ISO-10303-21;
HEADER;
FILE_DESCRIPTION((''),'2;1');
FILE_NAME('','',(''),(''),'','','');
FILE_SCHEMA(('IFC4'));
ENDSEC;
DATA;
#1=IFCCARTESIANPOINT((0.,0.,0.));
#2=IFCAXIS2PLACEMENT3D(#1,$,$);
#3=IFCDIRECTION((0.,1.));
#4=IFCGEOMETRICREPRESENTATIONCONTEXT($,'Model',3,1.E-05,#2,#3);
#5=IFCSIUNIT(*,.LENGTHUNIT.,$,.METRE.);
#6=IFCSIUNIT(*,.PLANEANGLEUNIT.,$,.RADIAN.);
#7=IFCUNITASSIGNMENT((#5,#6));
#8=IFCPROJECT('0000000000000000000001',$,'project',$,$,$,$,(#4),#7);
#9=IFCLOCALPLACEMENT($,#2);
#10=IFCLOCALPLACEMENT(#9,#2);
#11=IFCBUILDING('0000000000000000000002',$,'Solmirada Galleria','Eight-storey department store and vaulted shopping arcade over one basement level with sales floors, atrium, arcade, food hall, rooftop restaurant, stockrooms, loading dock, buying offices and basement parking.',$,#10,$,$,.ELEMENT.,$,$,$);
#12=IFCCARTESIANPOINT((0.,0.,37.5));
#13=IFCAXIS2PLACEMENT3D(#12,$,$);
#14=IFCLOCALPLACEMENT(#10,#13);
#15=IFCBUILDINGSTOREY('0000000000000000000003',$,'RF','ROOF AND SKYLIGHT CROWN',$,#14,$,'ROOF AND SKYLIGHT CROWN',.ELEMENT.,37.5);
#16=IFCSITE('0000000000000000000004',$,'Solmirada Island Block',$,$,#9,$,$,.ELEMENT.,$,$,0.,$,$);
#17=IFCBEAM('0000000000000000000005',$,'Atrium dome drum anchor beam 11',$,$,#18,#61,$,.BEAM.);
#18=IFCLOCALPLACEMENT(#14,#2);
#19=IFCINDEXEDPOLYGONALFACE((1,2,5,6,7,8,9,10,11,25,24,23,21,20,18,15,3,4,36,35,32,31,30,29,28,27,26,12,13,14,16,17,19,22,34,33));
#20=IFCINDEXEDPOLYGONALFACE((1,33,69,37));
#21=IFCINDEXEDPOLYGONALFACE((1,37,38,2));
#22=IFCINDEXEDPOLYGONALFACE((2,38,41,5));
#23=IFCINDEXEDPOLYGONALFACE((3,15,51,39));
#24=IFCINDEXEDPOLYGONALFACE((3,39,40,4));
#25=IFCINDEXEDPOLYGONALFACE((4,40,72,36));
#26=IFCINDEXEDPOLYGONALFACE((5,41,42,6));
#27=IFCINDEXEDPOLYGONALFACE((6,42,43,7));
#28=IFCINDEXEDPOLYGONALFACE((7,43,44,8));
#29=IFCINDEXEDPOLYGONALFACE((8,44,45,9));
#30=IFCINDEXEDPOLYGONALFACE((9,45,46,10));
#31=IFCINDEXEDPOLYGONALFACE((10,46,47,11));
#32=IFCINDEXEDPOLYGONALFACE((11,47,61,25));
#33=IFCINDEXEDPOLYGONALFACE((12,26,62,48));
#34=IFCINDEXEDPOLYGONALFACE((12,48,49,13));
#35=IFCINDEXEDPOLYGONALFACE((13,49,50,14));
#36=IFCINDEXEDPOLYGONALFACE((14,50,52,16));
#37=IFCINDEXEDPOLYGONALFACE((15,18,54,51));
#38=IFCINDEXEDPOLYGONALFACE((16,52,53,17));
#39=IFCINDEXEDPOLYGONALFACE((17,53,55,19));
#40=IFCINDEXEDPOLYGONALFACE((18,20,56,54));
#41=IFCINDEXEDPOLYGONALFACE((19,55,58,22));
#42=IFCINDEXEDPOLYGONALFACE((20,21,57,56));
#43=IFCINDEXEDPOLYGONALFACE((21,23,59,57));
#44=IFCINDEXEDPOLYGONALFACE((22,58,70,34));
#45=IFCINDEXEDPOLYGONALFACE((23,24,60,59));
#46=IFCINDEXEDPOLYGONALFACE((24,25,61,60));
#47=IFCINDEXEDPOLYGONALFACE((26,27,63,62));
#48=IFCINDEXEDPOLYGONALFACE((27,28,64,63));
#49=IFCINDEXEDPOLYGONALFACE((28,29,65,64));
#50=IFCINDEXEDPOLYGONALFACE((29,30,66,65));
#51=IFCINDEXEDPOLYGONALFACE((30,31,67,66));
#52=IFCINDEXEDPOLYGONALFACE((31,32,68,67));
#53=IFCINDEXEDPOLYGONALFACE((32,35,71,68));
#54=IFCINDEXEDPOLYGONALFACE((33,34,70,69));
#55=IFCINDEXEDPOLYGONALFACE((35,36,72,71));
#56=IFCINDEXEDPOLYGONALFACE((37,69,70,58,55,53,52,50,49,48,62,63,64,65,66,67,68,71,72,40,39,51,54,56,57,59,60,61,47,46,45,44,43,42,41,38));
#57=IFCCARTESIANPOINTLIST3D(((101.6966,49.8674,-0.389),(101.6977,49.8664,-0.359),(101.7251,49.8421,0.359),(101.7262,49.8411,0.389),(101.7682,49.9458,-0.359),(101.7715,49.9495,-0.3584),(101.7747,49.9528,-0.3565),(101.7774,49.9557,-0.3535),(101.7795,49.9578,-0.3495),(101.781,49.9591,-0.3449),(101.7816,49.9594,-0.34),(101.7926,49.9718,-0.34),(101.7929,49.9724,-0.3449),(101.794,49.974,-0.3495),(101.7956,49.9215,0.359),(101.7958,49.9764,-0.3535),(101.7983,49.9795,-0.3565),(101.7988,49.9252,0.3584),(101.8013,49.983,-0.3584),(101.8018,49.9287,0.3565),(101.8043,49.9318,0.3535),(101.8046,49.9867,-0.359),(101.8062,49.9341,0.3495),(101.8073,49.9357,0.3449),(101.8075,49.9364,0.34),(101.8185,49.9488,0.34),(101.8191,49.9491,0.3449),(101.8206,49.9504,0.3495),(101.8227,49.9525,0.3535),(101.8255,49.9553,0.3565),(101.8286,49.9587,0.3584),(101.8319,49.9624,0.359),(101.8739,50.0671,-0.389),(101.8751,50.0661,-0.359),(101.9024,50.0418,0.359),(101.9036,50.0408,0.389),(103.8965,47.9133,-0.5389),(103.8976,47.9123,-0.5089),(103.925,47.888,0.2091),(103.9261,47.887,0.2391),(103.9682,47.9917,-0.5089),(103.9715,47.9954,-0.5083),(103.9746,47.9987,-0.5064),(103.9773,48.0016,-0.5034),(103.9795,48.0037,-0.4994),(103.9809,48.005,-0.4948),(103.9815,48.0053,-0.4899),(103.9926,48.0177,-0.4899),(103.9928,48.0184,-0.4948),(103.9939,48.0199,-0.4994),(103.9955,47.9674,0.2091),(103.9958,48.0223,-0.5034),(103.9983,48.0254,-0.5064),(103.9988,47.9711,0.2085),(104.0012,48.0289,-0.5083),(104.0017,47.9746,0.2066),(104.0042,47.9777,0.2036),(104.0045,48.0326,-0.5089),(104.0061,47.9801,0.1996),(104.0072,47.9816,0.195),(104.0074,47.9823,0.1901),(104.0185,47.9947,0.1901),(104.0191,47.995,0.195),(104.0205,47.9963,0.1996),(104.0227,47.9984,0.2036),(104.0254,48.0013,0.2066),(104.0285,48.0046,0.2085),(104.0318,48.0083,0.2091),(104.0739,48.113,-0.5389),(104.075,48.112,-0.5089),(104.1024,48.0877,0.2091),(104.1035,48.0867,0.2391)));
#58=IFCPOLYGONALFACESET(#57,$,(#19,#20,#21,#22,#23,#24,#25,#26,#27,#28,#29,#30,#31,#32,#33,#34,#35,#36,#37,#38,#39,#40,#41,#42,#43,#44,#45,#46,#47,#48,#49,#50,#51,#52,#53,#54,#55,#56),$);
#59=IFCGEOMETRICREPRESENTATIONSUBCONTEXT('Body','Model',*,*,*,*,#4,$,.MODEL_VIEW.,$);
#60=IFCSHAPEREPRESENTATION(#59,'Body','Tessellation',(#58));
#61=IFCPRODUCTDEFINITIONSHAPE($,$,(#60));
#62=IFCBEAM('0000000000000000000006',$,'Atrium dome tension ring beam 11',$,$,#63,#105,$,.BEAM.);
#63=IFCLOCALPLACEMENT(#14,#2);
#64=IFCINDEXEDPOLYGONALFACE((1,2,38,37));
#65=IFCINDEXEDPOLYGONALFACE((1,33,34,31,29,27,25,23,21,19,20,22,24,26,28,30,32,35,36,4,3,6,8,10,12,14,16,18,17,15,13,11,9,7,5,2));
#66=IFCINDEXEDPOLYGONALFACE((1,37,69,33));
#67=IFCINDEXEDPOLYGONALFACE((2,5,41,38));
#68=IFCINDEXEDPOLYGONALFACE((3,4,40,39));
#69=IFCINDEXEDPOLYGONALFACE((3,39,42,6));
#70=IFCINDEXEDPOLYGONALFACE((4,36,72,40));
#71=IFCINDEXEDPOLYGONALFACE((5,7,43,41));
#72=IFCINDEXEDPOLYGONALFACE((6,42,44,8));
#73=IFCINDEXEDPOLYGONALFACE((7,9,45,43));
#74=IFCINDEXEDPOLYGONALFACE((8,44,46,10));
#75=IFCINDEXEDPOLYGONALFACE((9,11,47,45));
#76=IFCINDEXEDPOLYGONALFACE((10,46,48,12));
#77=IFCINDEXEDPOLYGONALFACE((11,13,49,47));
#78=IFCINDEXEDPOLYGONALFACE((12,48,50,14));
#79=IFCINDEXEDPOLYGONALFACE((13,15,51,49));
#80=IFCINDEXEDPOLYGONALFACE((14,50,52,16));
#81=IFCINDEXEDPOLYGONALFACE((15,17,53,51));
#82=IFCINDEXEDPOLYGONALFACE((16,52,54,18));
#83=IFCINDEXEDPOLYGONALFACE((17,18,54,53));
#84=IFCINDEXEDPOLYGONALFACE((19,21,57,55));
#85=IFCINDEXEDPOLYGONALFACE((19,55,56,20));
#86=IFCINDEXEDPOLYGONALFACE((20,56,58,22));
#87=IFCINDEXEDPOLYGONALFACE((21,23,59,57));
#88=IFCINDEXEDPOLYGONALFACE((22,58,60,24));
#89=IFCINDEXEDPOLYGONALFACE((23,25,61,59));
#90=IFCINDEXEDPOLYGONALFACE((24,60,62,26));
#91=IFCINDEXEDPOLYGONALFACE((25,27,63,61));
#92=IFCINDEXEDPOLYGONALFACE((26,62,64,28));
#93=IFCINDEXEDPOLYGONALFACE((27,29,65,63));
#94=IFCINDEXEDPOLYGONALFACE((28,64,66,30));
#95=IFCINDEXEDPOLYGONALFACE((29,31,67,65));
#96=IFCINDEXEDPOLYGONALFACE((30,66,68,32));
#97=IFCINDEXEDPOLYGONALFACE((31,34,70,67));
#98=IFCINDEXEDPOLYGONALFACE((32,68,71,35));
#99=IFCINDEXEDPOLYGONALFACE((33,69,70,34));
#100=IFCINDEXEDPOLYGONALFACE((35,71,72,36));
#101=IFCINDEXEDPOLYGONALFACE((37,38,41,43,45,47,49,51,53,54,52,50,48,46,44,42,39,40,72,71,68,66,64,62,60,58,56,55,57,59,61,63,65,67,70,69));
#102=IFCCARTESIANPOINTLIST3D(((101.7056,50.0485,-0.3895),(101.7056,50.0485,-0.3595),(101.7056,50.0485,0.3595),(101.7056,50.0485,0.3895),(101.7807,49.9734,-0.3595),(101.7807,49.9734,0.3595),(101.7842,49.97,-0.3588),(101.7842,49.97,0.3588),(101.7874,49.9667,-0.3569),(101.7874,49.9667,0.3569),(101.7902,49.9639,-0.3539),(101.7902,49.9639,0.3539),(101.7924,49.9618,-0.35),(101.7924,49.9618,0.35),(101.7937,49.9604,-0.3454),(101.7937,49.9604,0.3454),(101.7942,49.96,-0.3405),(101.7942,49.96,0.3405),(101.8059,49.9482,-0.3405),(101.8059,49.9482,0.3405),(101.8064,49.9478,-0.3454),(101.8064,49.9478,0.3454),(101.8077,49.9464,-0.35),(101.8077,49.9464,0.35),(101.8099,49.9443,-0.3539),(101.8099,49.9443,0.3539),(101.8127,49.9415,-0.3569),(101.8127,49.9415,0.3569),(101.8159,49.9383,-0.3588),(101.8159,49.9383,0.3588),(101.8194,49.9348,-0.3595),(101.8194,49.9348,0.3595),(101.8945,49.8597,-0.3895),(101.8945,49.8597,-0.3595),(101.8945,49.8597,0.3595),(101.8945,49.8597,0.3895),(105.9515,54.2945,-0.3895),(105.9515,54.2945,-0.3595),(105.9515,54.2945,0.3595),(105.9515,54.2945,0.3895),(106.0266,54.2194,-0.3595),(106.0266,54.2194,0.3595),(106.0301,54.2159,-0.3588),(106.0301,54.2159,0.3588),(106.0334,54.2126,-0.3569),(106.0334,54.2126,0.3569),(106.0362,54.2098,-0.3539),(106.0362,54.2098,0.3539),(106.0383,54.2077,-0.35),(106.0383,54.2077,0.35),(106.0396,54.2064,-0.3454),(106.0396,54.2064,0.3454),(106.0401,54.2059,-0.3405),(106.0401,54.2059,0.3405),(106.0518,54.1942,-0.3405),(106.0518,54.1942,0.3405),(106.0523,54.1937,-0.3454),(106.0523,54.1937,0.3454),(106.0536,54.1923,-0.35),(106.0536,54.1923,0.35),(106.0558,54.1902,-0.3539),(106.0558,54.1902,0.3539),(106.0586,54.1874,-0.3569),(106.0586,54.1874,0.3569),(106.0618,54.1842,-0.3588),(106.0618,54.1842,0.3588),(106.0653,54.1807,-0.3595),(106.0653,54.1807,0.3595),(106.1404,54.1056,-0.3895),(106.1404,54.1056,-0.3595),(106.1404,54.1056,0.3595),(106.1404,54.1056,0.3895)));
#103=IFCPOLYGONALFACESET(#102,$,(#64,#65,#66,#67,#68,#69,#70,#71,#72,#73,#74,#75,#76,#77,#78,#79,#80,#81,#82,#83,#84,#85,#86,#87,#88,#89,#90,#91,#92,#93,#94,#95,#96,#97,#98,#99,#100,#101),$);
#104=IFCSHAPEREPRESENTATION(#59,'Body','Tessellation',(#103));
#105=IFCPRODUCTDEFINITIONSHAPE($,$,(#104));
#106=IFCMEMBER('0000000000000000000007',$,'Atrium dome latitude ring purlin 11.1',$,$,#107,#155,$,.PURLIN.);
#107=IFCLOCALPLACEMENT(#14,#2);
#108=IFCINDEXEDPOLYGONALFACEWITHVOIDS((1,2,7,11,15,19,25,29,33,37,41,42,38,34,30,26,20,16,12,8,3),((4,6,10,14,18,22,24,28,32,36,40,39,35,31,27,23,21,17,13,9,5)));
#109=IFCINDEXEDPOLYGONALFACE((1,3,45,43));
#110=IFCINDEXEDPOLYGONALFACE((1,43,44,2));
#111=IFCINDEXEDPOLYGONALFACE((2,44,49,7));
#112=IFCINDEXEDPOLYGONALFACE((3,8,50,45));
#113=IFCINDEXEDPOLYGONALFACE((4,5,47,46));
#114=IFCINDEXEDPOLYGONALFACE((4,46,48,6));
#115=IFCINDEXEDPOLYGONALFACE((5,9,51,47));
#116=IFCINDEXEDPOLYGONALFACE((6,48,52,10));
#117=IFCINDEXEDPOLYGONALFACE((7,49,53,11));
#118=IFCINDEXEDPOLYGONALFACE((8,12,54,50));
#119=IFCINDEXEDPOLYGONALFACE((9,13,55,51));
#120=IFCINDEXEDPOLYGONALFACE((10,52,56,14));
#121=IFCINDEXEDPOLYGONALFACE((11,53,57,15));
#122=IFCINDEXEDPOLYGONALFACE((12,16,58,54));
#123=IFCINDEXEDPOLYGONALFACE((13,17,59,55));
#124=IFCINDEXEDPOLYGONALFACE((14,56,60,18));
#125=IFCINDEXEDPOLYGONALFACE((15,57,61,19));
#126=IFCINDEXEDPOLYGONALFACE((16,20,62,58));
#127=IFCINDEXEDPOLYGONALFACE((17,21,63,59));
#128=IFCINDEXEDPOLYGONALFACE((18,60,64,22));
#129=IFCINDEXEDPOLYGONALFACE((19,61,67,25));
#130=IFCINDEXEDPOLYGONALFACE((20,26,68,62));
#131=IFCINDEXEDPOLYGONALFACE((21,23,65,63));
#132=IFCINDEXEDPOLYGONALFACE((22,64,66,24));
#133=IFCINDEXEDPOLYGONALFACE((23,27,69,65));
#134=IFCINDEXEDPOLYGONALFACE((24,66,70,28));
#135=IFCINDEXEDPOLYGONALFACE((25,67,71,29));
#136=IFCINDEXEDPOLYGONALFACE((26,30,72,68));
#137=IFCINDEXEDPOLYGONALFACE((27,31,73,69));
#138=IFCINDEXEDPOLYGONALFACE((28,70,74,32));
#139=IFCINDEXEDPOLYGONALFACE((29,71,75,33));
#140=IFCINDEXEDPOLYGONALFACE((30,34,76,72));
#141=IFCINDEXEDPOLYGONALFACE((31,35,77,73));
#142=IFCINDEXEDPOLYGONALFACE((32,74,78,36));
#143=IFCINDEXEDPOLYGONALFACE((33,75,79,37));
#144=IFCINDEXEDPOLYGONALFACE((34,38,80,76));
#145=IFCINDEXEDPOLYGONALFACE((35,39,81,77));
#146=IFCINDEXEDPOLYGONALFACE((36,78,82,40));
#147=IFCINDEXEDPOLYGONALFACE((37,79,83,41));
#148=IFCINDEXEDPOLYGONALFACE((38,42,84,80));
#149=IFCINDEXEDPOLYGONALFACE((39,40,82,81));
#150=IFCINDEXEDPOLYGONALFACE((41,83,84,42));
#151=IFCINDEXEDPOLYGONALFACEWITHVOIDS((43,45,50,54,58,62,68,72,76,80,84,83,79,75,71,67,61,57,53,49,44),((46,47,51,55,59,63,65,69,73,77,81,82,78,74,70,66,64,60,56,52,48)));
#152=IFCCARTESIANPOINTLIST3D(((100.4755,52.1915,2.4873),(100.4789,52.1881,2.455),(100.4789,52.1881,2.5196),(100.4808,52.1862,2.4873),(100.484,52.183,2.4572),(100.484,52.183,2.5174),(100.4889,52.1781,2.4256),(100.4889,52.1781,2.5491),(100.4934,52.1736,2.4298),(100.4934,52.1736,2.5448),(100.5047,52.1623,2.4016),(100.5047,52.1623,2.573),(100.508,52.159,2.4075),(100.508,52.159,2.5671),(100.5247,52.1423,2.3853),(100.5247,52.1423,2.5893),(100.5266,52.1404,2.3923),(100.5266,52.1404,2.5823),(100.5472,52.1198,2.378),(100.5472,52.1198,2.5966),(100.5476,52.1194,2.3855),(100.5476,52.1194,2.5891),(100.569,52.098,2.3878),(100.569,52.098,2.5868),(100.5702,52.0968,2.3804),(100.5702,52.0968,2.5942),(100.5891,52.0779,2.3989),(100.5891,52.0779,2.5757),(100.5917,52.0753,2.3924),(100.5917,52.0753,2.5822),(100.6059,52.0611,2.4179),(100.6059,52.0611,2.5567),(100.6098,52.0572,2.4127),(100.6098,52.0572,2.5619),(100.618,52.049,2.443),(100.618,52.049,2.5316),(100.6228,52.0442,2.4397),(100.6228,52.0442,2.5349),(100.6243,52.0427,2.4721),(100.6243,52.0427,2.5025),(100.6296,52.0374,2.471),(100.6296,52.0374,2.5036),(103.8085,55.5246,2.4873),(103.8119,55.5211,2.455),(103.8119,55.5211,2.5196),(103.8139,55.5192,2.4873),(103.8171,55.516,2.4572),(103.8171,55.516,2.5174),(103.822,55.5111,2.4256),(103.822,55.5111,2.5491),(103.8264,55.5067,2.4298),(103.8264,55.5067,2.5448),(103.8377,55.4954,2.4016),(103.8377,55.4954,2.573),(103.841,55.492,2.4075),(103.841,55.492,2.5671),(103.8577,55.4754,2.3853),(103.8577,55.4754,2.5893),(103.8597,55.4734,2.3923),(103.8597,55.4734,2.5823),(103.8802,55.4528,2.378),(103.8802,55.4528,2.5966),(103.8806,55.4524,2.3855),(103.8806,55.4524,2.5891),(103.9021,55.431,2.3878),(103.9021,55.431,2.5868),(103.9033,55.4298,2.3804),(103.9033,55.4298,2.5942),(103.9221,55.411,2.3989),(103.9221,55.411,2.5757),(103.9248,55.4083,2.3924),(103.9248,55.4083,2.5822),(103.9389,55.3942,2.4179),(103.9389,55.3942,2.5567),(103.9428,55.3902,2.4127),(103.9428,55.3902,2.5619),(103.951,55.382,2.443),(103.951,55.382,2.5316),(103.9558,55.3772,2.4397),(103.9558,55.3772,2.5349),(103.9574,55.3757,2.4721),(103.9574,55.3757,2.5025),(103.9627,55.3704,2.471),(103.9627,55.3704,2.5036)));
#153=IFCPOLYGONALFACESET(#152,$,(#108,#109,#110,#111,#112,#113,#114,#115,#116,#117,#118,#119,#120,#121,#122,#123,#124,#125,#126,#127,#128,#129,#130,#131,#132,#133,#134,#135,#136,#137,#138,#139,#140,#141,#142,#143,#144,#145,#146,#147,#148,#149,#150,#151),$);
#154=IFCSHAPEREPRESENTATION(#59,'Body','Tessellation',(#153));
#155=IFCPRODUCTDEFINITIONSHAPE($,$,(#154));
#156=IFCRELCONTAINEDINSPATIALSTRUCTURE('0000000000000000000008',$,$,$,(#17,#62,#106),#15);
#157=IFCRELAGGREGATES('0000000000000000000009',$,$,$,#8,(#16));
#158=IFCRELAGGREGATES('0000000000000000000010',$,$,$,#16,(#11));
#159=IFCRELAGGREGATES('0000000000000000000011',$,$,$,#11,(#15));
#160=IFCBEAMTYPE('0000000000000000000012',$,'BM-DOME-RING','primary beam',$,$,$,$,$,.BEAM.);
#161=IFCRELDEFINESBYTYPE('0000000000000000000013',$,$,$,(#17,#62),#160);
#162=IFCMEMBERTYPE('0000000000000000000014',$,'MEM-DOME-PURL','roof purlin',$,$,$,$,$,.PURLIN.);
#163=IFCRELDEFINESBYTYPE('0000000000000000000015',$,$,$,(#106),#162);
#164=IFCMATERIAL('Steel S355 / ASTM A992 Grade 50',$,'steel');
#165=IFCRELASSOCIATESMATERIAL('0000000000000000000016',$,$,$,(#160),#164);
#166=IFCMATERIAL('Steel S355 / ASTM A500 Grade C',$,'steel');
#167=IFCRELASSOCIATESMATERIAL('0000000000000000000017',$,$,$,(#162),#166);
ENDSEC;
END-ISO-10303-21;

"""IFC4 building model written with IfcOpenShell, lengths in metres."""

from ifc_helpers import new_model, si_unit, direction, frame, origin, origin_2d, place, context, subcontext, project, spatial, hollow_circle, i_section, extrude, material, material_profile, profile_set, type_object, element, save


model = new_model("IFC4")

# Units and contexts
model_context = context("Model", 3, precision=1e-05, world=origin(), true_north=direction((0.0, 1.0)))
body_context = subcontext(model_context, "Body", "Model", "MODEL_VIEW")
ifc_project = project(units=[si_unit("LENGTHUNIT", "METRE"), si_unit("PLANEANGLEUNIT", "RADIAN")], contexts=[model_context])

# Site, building, storey
site_placement = place(None, origin())
site = spatial("IfcSite", under=ifc_project, at=site_placement, Name="Solmirada Island Block", CompositionType="ELEMENT", RefElevation=0.0)
building_placement = place(site_placement, origin())
building = spatial("IfcBuilding", under=site, at=building_placement, Name="Solmirada Galleria", Description="Eight-storey department store and vaulted shopping arcade over one basement level with sales floors, atrium, arcade, food hall, rooftop restaurant, stockrooms, loading dock, buying offices and basement parking.", CompositionType="ELEMENT")
storey_placement = place(building_placement, frame((0.0, 0.0, 37.5)))
storey = spatial("IfcBuildingStorey", under=building, at=storey_placement, Name="RF", Description="ROOF AND SKYLIGHT CROWN", LongName="ROOF AND SKYLIGHT CROWN", CompositionType="ELEMENT", Elevation=37.5)

# Beams
ifc_material_1 = material(Name="Steel S355 / ASTM A992 Grade 50", Category="steel")
ifc_material_profile_1 = material_profile(ifc_material_1, i_section(OverallWidth=0.2671, OverallDepth=0.7791, WebThickness=0.0166, FlangeThickness=0.03, FilletRadius=0.019, at=origin_2d()), Name="W30X148")
ifc_profile_set_1 = profile_set([ifc_material_profile_1], Name="Steel S355 / ASTM A992 Grade 50")
beam_type = type_object("IfcBeamType", Name="BM-DOME-RING", Description="primary beam", PredefinedType="BEAM", material=ifc_profile_set_1)
beam_1_placement = place(storey_placement, frame((104.0, 48.0, -0.1499), z_axis=(-0.746679, 0.663236, 0.050878), x_axis=(-0.664096, -0.747647, 0.0)))
element("IfcBeam", 1, at=beam_1_placement, inside=storey, type_object=beam_type, Name="Atrium dome drum anchor beam 11", PredefinedType="BEAM", context=body_context, shape_type="SweptSolid", body=[
    extrude(i_section(OverallWidth=0.2671, OverallDepth=0.7791, WebThickness=0.0166, FlangeThickness=0.03, FilletRadius=0.019, at=origin_2d()), origin(), (0.0, 0.0, 1.0), 2.9463),
])
beam_2_placement = place(storey_placement, frame((101.8, 49.9541, 0.0), z_axis=(0.707107, 0.707107, 0.0), x_axis=(-0.707107, 0.707107, 0.0)))
element("IfcBeam", 2, at=beam_2_placement, inside=storey, type_object=beam_type, Name="Atrium dome tension ring beam 11", PredefinedType="BEAM", context=body_context, shape_type="SweptSolid", body=[
    extrude(i_section(OverallWidth=0.2671, OverallDepth=0.7791, WebThickness=0.0166, FlangeThickness=0.03, FilletRadius=0.019, at=origin_2d()), origin(), (0.0, 0.0, 1.0), 6.0046),
])

# Member
ifc_material_2 = material(Name="Steel S355 / ASTM A500 Grade C", Category="steel")
ifc_material_profile_2 = material_profile(ifc_material_2, hollow_circle(Radius=0.1096, WallThickness=0.0076, at=origin_2d()), Name="HSS8.625X0.322")
ifc_profile_set_2 = profile_set([ifc_material_profile_2], Name="Steel S355 / ASTM A500 Grade C")
member_type_1 = type_object("IfcMemberType", Name="MEM-DOME-PURL", Description="roof purlin", PredefinedType="PURLIN", material=ifc_profile_set_2)
member_1_placement = place(storey_placement, frame((100.553, 52.114, 2.4873), z_axis=(0.707107, 0.707107, 0.0), x_axis=(-0.707107, 0.707107, 0.0)))
element("IfcMember", 3, at=member_1_placement, inside=storey, type_object=member_type_1, Name="Atrium dome latitude ring purlin 11.1", PredefinedType="PURLIN", context=body_context, shape_type="SweptSolid", body=[
    extrude(hollow_circle(Radius=0.1096, WallThickness=0.0076, at=origin_2d()), origin(), (0.0, 0.0, 1.0), 4.7136),
])

save(model, "model.ifc")
